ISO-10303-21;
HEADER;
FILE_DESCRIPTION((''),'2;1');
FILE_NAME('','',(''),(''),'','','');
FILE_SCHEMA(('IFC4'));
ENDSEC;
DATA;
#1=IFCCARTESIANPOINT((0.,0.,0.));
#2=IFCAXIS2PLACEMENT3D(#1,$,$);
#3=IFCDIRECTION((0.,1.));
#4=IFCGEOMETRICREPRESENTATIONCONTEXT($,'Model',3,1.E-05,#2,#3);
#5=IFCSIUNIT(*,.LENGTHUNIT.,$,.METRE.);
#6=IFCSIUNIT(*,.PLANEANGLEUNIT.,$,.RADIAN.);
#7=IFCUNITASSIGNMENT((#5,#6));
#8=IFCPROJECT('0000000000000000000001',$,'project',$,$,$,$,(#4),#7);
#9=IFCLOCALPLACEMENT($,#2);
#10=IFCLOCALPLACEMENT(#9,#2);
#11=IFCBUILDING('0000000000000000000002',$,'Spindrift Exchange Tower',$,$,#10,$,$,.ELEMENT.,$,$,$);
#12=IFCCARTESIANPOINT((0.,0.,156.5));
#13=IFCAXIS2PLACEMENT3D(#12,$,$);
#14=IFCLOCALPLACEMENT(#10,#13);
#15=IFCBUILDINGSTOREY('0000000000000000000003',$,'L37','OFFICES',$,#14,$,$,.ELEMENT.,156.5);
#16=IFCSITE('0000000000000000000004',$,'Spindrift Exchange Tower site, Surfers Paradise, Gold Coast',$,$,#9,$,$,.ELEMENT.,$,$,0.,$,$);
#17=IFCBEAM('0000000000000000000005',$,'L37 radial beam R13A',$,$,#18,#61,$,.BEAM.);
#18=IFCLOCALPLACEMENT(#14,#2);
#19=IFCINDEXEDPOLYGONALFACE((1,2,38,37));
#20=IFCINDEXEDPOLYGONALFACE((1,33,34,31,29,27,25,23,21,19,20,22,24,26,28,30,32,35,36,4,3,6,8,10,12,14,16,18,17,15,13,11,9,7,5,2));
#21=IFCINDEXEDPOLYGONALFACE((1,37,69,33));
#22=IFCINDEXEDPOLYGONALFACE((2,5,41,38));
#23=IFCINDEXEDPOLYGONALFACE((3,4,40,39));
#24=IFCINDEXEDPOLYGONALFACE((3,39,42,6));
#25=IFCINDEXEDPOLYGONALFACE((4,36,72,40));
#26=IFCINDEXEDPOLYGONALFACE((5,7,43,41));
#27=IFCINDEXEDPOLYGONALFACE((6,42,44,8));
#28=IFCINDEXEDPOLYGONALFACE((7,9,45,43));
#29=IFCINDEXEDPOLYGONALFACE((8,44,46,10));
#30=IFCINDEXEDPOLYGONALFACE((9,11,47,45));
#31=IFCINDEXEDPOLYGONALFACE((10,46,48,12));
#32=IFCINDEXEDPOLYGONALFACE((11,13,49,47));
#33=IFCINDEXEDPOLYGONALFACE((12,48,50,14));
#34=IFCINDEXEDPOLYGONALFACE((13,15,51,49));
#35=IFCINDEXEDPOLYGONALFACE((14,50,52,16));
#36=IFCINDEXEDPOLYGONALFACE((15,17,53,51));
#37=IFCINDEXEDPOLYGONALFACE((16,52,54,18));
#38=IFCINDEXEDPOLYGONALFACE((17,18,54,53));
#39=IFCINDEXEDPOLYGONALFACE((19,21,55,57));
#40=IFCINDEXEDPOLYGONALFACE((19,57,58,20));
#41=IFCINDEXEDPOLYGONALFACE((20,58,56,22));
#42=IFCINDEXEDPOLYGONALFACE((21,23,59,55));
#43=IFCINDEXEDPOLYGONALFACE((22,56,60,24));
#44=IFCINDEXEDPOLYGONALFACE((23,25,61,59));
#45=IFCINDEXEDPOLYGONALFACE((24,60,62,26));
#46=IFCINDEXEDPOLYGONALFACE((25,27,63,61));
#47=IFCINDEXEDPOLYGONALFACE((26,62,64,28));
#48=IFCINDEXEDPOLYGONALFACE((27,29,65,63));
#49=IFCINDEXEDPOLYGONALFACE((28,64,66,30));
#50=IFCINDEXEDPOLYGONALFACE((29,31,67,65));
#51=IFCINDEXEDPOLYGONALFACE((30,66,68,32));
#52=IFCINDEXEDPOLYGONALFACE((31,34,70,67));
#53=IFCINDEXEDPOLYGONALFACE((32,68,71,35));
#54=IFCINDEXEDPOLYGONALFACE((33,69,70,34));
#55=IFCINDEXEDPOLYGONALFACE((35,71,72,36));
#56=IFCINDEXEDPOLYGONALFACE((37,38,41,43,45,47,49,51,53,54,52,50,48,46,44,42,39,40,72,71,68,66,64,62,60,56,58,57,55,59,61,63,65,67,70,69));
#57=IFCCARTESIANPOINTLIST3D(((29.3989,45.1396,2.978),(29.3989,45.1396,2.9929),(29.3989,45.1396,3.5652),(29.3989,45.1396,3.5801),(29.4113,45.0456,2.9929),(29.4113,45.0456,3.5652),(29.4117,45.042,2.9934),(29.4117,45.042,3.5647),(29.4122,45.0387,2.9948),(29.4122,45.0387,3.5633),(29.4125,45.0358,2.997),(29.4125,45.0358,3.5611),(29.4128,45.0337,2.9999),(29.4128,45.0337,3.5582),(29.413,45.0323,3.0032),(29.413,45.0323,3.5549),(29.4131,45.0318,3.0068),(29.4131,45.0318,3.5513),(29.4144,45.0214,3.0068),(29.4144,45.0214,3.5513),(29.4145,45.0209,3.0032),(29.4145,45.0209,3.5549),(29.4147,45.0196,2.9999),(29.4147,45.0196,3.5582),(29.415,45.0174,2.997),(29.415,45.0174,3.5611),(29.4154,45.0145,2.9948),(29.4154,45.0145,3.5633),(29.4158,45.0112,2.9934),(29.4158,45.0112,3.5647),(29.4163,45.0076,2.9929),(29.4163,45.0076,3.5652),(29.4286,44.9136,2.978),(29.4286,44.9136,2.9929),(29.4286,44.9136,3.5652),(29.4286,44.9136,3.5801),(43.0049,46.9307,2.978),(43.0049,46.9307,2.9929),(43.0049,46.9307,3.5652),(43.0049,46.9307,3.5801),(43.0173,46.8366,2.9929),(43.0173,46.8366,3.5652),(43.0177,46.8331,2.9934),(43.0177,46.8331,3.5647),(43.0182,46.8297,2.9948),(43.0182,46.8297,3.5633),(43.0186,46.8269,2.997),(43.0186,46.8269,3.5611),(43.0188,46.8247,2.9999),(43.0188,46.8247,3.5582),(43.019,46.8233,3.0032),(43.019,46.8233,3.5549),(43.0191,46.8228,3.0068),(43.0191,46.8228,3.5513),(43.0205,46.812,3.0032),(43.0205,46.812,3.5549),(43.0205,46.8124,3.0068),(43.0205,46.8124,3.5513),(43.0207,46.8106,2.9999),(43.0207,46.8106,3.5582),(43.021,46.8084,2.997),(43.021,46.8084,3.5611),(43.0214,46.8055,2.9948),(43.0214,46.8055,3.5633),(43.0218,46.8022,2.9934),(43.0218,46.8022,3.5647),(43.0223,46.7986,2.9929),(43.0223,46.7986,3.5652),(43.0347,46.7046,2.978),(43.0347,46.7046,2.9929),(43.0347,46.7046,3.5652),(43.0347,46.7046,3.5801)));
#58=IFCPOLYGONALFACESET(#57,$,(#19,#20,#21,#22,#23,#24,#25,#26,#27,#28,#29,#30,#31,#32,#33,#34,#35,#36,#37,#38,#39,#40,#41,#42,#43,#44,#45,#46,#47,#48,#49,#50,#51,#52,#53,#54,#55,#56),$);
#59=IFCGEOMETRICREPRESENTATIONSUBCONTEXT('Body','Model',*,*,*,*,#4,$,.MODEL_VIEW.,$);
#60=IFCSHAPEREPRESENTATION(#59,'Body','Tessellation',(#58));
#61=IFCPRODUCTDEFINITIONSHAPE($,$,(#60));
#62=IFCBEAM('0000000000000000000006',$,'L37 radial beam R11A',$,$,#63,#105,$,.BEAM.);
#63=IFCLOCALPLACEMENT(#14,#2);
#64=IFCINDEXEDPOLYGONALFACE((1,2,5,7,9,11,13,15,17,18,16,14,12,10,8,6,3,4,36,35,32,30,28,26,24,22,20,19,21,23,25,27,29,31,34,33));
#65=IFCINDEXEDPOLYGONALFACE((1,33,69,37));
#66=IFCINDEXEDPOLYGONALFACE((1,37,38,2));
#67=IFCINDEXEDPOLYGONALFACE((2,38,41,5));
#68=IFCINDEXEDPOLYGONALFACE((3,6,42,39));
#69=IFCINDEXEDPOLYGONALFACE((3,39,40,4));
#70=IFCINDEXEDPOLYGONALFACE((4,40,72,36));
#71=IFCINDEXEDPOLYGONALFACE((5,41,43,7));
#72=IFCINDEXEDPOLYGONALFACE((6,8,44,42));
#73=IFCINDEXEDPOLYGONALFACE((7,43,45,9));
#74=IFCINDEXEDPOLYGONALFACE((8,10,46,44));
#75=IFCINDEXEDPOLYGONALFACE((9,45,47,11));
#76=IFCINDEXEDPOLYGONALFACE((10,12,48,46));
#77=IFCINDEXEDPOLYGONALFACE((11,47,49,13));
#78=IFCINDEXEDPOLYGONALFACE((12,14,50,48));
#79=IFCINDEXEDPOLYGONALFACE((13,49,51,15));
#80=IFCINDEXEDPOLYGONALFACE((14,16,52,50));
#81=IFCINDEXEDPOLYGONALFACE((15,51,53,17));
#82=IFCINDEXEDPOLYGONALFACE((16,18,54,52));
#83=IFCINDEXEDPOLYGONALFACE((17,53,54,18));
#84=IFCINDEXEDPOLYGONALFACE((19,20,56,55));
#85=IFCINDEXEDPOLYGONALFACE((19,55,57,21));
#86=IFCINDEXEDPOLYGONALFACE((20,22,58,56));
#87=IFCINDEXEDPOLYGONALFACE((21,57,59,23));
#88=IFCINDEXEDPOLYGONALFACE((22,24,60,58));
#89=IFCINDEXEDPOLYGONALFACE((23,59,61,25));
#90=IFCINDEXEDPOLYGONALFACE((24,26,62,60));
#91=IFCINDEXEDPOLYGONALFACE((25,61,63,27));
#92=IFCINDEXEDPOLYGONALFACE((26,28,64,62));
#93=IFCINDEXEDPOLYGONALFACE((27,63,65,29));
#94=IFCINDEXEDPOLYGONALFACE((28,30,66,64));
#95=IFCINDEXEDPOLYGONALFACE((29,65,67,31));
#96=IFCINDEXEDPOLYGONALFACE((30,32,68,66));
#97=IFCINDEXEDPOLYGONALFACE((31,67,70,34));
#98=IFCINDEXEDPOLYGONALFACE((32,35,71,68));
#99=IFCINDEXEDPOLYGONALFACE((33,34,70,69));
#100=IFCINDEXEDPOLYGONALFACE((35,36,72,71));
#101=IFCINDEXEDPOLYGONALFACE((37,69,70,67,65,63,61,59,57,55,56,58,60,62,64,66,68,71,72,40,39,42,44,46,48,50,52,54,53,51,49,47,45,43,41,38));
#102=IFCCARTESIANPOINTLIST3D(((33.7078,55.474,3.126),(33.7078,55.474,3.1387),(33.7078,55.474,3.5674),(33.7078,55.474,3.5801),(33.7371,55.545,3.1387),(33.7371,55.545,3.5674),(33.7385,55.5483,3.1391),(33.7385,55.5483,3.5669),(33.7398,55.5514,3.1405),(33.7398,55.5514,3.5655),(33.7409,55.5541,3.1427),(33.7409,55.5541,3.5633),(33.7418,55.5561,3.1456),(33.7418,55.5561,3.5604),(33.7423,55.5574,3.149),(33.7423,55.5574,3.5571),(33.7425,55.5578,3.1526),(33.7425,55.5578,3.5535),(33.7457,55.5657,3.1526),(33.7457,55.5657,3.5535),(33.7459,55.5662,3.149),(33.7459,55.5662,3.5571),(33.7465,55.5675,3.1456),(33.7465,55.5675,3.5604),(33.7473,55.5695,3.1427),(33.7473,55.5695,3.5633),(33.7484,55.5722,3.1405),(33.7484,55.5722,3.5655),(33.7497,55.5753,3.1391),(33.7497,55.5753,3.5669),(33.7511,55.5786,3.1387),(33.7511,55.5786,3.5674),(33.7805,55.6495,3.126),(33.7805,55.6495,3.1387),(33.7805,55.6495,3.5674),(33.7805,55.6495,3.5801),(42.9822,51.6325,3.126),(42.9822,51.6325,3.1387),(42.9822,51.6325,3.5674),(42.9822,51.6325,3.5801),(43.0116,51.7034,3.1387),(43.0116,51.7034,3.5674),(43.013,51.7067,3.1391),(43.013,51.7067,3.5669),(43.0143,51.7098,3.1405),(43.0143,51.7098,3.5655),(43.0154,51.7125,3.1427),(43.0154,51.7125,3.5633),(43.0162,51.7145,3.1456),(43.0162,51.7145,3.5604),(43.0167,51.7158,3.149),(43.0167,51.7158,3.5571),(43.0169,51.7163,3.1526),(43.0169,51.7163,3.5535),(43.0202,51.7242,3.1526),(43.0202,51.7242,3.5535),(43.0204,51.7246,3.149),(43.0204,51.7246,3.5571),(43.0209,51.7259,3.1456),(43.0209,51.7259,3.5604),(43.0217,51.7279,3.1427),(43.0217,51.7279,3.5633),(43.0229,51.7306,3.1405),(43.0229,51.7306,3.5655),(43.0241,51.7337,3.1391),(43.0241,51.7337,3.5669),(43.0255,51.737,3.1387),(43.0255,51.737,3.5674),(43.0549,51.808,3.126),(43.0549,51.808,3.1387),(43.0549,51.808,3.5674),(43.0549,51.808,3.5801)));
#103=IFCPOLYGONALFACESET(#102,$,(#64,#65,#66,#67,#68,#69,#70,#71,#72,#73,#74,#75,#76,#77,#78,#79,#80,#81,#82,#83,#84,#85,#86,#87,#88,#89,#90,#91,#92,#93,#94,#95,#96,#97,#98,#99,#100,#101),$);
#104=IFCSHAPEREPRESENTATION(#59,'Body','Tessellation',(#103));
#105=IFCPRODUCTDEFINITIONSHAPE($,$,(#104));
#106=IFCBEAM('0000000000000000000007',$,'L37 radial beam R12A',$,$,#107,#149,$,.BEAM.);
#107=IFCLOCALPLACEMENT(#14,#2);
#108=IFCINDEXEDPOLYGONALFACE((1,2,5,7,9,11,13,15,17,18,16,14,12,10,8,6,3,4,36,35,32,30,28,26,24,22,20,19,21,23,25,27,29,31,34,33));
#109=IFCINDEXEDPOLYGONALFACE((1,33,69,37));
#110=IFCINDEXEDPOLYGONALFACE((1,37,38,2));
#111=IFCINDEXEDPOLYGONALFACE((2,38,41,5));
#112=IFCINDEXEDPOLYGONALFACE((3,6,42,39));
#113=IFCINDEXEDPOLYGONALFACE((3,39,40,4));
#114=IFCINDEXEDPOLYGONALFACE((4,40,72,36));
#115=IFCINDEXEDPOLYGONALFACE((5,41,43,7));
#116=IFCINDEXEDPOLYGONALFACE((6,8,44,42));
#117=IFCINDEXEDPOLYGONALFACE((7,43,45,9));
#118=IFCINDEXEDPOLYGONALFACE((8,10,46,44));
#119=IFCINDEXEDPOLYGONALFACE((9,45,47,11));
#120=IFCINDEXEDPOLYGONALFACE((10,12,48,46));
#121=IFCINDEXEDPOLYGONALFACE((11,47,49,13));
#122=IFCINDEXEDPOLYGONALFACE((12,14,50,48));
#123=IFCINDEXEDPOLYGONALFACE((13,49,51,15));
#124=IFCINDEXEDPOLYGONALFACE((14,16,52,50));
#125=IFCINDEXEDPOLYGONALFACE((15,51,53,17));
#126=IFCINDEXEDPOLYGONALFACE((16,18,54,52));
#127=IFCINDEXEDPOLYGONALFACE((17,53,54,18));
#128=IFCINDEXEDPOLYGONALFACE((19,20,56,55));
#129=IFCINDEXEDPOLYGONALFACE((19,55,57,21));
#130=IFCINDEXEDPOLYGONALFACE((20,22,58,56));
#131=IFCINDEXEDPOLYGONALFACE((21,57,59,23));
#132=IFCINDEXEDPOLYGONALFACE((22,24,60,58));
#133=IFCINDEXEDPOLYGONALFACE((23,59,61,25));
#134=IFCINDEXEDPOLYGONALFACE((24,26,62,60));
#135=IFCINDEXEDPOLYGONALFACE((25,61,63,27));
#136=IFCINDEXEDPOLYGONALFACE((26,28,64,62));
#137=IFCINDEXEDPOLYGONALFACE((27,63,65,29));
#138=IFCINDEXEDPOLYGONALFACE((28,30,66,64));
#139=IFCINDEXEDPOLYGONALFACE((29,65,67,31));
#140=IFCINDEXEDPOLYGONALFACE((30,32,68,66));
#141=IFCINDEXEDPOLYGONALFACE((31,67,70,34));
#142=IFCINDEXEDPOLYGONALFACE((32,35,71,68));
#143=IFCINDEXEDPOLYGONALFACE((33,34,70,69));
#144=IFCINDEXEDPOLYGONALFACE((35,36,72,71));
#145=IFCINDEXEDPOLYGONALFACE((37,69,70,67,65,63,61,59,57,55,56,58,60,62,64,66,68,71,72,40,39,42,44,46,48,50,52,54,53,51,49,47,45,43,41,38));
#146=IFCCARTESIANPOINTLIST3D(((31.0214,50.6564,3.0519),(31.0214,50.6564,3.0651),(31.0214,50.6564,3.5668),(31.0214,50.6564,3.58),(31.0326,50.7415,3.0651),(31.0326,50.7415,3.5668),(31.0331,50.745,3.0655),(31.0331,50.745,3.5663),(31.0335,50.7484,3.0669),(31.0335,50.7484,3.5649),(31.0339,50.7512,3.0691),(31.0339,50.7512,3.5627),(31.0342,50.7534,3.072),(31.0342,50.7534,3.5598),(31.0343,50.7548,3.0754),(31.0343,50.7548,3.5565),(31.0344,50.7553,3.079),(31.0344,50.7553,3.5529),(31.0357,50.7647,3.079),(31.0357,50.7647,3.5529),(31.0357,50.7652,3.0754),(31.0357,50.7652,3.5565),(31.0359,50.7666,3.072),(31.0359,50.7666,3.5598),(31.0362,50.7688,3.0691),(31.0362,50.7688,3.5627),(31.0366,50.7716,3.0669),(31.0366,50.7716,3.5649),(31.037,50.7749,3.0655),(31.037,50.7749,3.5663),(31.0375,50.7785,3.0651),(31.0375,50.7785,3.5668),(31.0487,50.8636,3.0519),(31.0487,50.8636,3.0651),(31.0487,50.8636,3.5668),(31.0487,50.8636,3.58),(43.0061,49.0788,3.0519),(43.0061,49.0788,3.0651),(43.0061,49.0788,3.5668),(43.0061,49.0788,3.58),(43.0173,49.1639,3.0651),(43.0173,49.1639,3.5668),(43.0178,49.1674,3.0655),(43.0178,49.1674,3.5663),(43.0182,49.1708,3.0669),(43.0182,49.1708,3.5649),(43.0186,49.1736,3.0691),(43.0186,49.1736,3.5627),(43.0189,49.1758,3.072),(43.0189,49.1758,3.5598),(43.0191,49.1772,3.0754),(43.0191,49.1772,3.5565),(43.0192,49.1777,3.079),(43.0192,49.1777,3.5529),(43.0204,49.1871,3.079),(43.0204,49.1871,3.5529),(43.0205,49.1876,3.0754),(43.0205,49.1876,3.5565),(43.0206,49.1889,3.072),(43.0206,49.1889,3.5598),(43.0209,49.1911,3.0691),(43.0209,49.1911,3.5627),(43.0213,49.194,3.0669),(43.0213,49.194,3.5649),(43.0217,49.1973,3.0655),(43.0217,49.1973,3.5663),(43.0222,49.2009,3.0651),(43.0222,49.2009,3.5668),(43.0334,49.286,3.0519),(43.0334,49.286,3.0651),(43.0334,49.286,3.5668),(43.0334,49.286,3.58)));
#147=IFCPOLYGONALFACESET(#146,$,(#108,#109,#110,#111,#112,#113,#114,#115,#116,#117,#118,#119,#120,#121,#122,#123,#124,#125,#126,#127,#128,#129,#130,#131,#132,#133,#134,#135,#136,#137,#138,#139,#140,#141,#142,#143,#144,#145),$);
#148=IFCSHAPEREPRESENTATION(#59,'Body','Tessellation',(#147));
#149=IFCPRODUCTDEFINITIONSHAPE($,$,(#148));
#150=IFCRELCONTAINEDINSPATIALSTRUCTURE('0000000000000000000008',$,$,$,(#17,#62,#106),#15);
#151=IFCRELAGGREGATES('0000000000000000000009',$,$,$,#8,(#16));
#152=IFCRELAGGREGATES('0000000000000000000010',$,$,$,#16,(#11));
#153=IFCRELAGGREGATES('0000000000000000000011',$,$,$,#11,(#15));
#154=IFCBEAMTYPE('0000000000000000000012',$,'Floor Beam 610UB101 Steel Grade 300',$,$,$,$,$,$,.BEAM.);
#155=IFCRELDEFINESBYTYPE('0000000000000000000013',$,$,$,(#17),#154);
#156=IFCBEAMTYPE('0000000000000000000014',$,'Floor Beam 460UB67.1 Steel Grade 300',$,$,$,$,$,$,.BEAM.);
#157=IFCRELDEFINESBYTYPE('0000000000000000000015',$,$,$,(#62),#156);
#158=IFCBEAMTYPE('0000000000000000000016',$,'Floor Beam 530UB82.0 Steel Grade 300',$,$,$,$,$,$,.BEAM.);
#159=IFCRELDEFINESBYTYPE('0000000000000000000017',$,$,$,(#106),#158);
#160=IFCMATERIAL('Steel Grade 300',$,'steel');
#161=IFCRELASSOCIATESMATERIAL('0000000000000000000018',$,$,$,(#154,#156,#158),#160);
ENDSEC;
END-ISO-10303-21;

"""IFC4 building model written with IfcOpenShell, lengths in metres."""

from ifc_helpers import new_model, si_unit, direction, frame, origin, origin_2d, place, context, subcontext, project, spatial, i_section, extrude, source, transform, mapped, material, material_profile, profile_set, type_object, element, save


model = new_model("IFC4")

# Units and contexts
model_context = context("Model", 3, precision=1e-05, world=origin(), true_north=direction((0.0, 1.0)))
body_context = subcontext(model_context, "Body", "Model", "MODEL_VIEW")
ifc_project = project(units=[si_unit("LENGTHUNIT", "METRE"), si_unit("PLANEANGLEUNIT", "RADIAN")], contexts=[model_context])

# Site, building, storey
site_placement = place(None, origin())
site = spatial("IfcSite", under=ifc_project, at=site_placement, Name="Spindrift Exchange Tower site, Surfers Paradise, Gold Coast", CompositionType="ELEMENT", RefElevation=0.0)
building_placement = place(site_placement, origin())
building = spatial("IfcBuilding", under=site, at=building_placement, Name="Spindrift Exchange Tower", CompositionType="ELEMENT")
storey_placement = place(building_placement, frame((0.0, 0.0, 156.5)))
storey = spatial("IfcBuildingStorey", under=building, at=storey_placement, Name="L37", Description="OFFICES", CompositionType="ELEMENT", Elevation=156.5)

# Beams
ifc_material_1 = material(Name="Steel Grade 300", Category="steel")
ifc_material_profile_1 = material_profile(ifc_material_1, i_section(OverallWidth=0.228, OverallDepth=0.6021, WebThickness=0.0105, FlangeThickness=0.0149, FilletRadius=0.0139, at=origin_2d()), Name="610UB101")
ifc_profile_set_1 = profile_set([ifc_material_profile_1], Name="Steel Grade 300")
beam_type_1 = type_object("IfcBeamType", Name="Floor Beam 610UB101 Steel Grade 300", PredefinedType="BEAM", material=ifc_profile_set_1)
shared_shape_1 = source(origin(), body_context, "Body", "SweptSolid", [
    extrude(i_section(OverallWidth=0.228, OverallDepth=0.6021, WebThickness=0.0105, FlangeThickness=0.0149, FilletRadius=0.0139, at=origin_2d()), origin(), (0.0, 0.0, 1.0), 13.7234),
])
beam_1_placement = place(storey_placement, frame((43.0198, 46.8176, 3.2791), z_axis=(-0.991447, -0.130509, 0.0), x_axis=(0.130509, -0.991447, 0.0)))
element("IfcBeam", 1, at=beam_1_placement, inside=storey, type_object=beam_type_1, Name="L37 radial beam R13A", PredefinedType="BEAM", context=body_context, shape_type="MappedRepresentation", body=[
    mapped(shared_shape_1, transform((0.0, 0.0, 0.0), scale=1.0)),
])
ifc_material_profile_2 = material_profile(ifc_material_1, i_section(OverallWidth=0.1899, OverallDepth=0.4541, WebThickness=0.0085, FlangeThickness=0.0127, FilletRadius=0.0139, at=origin_2d()), Name="460UB67.1")
ifc_profile_set_2 = profile_set([ifc_material_profile_2], Name="Steel Grade 300")
beam_type_2 = type_object("IfcBeamType", Name="Floor Beam 460UB67.1 Steel Grade 300", PredefinedType="BEAM", material=ifc_profile_set_2)
shared_shape_2 = source(origin(), body_context, "Body", "SweptSolid", [
    extrude(i_section(OverallWidth=0.1899, OverallDepth=0.4541, WebThickness=0.0085, FlangeThickness=0.0127, FilletRadius=0.0139, at=origin_2d()), origin(), (0.0, 0.0, 1.0), 10.0386),
])
beam_2_placement = place(storey_placement, frame((43.0186, 51.7202, 3.353), z_axis=(-0.923881, 0.38268, 0.0), x_axis=(-0.38268, -0.923881, 0.0)))
element("IfcBeam", 2, at=beam_2_placement, inside=storey, type_object=beam_type_2, Name="L37 radial beam R11A", PredefinedType="BEAM", context=body_context, shape_type="MappedRepresentation", body=[
    mapped(shared_shape_2, transform((0.0, 0.0, 0.0), scale=1.0)),
])
ifc_material_profile_3 = material_profile(ifc_material_1, i_section(OverallWidth=0.209, OverallDepth=0.5281, WebThickness=0.0095, FlangeThickness=0.0132, FilletRadius=0.0139, at=origin_2d()), Name="530UB82.0")
ifc_profile_set_3 = profile_set([ifc_material_profile_3], Name="Steel Grade 300")
beam_type_3 = type_object("IfcBeamType", Name="Floor Beam 530UB82.0 Steel Grade 300", PredefinedType="BEAM", material=ifc_profile_set_3)
shared_shape_3 = source(origin(), body_context, "Body", "SweptSolid", [
    extrude(i_section(OverallWidth=0.209, OverallDepth=0.5281, WebThickness=0.0095, FlangeThickness=0.0132, FilletRadius=0.0139, at=origin_2d()), origin(), (0.0, 0.0, 1.0), 12.0881),
])
beam_3_placement = place(storey_placement, frame((43.0198, 49.1824, 3.3159), z_axis=(-0.991447, 0.13051, 0.0), x_axis=(-0.13051, -0.991447, 0.0)))
element("IfcBeam", 3, at=beam_3_placement, inside=storey, type_object=beam_type_3, Name="L37 radial beam R12A", PredefinedType="BEAM", context=body_context, shape_type="MappedRepresentation", body=[
    mapped(shared_shape_3, transform((0.0, 0.0, 0.0), scale=1.0)),
])

save(model, "model.ifc")
